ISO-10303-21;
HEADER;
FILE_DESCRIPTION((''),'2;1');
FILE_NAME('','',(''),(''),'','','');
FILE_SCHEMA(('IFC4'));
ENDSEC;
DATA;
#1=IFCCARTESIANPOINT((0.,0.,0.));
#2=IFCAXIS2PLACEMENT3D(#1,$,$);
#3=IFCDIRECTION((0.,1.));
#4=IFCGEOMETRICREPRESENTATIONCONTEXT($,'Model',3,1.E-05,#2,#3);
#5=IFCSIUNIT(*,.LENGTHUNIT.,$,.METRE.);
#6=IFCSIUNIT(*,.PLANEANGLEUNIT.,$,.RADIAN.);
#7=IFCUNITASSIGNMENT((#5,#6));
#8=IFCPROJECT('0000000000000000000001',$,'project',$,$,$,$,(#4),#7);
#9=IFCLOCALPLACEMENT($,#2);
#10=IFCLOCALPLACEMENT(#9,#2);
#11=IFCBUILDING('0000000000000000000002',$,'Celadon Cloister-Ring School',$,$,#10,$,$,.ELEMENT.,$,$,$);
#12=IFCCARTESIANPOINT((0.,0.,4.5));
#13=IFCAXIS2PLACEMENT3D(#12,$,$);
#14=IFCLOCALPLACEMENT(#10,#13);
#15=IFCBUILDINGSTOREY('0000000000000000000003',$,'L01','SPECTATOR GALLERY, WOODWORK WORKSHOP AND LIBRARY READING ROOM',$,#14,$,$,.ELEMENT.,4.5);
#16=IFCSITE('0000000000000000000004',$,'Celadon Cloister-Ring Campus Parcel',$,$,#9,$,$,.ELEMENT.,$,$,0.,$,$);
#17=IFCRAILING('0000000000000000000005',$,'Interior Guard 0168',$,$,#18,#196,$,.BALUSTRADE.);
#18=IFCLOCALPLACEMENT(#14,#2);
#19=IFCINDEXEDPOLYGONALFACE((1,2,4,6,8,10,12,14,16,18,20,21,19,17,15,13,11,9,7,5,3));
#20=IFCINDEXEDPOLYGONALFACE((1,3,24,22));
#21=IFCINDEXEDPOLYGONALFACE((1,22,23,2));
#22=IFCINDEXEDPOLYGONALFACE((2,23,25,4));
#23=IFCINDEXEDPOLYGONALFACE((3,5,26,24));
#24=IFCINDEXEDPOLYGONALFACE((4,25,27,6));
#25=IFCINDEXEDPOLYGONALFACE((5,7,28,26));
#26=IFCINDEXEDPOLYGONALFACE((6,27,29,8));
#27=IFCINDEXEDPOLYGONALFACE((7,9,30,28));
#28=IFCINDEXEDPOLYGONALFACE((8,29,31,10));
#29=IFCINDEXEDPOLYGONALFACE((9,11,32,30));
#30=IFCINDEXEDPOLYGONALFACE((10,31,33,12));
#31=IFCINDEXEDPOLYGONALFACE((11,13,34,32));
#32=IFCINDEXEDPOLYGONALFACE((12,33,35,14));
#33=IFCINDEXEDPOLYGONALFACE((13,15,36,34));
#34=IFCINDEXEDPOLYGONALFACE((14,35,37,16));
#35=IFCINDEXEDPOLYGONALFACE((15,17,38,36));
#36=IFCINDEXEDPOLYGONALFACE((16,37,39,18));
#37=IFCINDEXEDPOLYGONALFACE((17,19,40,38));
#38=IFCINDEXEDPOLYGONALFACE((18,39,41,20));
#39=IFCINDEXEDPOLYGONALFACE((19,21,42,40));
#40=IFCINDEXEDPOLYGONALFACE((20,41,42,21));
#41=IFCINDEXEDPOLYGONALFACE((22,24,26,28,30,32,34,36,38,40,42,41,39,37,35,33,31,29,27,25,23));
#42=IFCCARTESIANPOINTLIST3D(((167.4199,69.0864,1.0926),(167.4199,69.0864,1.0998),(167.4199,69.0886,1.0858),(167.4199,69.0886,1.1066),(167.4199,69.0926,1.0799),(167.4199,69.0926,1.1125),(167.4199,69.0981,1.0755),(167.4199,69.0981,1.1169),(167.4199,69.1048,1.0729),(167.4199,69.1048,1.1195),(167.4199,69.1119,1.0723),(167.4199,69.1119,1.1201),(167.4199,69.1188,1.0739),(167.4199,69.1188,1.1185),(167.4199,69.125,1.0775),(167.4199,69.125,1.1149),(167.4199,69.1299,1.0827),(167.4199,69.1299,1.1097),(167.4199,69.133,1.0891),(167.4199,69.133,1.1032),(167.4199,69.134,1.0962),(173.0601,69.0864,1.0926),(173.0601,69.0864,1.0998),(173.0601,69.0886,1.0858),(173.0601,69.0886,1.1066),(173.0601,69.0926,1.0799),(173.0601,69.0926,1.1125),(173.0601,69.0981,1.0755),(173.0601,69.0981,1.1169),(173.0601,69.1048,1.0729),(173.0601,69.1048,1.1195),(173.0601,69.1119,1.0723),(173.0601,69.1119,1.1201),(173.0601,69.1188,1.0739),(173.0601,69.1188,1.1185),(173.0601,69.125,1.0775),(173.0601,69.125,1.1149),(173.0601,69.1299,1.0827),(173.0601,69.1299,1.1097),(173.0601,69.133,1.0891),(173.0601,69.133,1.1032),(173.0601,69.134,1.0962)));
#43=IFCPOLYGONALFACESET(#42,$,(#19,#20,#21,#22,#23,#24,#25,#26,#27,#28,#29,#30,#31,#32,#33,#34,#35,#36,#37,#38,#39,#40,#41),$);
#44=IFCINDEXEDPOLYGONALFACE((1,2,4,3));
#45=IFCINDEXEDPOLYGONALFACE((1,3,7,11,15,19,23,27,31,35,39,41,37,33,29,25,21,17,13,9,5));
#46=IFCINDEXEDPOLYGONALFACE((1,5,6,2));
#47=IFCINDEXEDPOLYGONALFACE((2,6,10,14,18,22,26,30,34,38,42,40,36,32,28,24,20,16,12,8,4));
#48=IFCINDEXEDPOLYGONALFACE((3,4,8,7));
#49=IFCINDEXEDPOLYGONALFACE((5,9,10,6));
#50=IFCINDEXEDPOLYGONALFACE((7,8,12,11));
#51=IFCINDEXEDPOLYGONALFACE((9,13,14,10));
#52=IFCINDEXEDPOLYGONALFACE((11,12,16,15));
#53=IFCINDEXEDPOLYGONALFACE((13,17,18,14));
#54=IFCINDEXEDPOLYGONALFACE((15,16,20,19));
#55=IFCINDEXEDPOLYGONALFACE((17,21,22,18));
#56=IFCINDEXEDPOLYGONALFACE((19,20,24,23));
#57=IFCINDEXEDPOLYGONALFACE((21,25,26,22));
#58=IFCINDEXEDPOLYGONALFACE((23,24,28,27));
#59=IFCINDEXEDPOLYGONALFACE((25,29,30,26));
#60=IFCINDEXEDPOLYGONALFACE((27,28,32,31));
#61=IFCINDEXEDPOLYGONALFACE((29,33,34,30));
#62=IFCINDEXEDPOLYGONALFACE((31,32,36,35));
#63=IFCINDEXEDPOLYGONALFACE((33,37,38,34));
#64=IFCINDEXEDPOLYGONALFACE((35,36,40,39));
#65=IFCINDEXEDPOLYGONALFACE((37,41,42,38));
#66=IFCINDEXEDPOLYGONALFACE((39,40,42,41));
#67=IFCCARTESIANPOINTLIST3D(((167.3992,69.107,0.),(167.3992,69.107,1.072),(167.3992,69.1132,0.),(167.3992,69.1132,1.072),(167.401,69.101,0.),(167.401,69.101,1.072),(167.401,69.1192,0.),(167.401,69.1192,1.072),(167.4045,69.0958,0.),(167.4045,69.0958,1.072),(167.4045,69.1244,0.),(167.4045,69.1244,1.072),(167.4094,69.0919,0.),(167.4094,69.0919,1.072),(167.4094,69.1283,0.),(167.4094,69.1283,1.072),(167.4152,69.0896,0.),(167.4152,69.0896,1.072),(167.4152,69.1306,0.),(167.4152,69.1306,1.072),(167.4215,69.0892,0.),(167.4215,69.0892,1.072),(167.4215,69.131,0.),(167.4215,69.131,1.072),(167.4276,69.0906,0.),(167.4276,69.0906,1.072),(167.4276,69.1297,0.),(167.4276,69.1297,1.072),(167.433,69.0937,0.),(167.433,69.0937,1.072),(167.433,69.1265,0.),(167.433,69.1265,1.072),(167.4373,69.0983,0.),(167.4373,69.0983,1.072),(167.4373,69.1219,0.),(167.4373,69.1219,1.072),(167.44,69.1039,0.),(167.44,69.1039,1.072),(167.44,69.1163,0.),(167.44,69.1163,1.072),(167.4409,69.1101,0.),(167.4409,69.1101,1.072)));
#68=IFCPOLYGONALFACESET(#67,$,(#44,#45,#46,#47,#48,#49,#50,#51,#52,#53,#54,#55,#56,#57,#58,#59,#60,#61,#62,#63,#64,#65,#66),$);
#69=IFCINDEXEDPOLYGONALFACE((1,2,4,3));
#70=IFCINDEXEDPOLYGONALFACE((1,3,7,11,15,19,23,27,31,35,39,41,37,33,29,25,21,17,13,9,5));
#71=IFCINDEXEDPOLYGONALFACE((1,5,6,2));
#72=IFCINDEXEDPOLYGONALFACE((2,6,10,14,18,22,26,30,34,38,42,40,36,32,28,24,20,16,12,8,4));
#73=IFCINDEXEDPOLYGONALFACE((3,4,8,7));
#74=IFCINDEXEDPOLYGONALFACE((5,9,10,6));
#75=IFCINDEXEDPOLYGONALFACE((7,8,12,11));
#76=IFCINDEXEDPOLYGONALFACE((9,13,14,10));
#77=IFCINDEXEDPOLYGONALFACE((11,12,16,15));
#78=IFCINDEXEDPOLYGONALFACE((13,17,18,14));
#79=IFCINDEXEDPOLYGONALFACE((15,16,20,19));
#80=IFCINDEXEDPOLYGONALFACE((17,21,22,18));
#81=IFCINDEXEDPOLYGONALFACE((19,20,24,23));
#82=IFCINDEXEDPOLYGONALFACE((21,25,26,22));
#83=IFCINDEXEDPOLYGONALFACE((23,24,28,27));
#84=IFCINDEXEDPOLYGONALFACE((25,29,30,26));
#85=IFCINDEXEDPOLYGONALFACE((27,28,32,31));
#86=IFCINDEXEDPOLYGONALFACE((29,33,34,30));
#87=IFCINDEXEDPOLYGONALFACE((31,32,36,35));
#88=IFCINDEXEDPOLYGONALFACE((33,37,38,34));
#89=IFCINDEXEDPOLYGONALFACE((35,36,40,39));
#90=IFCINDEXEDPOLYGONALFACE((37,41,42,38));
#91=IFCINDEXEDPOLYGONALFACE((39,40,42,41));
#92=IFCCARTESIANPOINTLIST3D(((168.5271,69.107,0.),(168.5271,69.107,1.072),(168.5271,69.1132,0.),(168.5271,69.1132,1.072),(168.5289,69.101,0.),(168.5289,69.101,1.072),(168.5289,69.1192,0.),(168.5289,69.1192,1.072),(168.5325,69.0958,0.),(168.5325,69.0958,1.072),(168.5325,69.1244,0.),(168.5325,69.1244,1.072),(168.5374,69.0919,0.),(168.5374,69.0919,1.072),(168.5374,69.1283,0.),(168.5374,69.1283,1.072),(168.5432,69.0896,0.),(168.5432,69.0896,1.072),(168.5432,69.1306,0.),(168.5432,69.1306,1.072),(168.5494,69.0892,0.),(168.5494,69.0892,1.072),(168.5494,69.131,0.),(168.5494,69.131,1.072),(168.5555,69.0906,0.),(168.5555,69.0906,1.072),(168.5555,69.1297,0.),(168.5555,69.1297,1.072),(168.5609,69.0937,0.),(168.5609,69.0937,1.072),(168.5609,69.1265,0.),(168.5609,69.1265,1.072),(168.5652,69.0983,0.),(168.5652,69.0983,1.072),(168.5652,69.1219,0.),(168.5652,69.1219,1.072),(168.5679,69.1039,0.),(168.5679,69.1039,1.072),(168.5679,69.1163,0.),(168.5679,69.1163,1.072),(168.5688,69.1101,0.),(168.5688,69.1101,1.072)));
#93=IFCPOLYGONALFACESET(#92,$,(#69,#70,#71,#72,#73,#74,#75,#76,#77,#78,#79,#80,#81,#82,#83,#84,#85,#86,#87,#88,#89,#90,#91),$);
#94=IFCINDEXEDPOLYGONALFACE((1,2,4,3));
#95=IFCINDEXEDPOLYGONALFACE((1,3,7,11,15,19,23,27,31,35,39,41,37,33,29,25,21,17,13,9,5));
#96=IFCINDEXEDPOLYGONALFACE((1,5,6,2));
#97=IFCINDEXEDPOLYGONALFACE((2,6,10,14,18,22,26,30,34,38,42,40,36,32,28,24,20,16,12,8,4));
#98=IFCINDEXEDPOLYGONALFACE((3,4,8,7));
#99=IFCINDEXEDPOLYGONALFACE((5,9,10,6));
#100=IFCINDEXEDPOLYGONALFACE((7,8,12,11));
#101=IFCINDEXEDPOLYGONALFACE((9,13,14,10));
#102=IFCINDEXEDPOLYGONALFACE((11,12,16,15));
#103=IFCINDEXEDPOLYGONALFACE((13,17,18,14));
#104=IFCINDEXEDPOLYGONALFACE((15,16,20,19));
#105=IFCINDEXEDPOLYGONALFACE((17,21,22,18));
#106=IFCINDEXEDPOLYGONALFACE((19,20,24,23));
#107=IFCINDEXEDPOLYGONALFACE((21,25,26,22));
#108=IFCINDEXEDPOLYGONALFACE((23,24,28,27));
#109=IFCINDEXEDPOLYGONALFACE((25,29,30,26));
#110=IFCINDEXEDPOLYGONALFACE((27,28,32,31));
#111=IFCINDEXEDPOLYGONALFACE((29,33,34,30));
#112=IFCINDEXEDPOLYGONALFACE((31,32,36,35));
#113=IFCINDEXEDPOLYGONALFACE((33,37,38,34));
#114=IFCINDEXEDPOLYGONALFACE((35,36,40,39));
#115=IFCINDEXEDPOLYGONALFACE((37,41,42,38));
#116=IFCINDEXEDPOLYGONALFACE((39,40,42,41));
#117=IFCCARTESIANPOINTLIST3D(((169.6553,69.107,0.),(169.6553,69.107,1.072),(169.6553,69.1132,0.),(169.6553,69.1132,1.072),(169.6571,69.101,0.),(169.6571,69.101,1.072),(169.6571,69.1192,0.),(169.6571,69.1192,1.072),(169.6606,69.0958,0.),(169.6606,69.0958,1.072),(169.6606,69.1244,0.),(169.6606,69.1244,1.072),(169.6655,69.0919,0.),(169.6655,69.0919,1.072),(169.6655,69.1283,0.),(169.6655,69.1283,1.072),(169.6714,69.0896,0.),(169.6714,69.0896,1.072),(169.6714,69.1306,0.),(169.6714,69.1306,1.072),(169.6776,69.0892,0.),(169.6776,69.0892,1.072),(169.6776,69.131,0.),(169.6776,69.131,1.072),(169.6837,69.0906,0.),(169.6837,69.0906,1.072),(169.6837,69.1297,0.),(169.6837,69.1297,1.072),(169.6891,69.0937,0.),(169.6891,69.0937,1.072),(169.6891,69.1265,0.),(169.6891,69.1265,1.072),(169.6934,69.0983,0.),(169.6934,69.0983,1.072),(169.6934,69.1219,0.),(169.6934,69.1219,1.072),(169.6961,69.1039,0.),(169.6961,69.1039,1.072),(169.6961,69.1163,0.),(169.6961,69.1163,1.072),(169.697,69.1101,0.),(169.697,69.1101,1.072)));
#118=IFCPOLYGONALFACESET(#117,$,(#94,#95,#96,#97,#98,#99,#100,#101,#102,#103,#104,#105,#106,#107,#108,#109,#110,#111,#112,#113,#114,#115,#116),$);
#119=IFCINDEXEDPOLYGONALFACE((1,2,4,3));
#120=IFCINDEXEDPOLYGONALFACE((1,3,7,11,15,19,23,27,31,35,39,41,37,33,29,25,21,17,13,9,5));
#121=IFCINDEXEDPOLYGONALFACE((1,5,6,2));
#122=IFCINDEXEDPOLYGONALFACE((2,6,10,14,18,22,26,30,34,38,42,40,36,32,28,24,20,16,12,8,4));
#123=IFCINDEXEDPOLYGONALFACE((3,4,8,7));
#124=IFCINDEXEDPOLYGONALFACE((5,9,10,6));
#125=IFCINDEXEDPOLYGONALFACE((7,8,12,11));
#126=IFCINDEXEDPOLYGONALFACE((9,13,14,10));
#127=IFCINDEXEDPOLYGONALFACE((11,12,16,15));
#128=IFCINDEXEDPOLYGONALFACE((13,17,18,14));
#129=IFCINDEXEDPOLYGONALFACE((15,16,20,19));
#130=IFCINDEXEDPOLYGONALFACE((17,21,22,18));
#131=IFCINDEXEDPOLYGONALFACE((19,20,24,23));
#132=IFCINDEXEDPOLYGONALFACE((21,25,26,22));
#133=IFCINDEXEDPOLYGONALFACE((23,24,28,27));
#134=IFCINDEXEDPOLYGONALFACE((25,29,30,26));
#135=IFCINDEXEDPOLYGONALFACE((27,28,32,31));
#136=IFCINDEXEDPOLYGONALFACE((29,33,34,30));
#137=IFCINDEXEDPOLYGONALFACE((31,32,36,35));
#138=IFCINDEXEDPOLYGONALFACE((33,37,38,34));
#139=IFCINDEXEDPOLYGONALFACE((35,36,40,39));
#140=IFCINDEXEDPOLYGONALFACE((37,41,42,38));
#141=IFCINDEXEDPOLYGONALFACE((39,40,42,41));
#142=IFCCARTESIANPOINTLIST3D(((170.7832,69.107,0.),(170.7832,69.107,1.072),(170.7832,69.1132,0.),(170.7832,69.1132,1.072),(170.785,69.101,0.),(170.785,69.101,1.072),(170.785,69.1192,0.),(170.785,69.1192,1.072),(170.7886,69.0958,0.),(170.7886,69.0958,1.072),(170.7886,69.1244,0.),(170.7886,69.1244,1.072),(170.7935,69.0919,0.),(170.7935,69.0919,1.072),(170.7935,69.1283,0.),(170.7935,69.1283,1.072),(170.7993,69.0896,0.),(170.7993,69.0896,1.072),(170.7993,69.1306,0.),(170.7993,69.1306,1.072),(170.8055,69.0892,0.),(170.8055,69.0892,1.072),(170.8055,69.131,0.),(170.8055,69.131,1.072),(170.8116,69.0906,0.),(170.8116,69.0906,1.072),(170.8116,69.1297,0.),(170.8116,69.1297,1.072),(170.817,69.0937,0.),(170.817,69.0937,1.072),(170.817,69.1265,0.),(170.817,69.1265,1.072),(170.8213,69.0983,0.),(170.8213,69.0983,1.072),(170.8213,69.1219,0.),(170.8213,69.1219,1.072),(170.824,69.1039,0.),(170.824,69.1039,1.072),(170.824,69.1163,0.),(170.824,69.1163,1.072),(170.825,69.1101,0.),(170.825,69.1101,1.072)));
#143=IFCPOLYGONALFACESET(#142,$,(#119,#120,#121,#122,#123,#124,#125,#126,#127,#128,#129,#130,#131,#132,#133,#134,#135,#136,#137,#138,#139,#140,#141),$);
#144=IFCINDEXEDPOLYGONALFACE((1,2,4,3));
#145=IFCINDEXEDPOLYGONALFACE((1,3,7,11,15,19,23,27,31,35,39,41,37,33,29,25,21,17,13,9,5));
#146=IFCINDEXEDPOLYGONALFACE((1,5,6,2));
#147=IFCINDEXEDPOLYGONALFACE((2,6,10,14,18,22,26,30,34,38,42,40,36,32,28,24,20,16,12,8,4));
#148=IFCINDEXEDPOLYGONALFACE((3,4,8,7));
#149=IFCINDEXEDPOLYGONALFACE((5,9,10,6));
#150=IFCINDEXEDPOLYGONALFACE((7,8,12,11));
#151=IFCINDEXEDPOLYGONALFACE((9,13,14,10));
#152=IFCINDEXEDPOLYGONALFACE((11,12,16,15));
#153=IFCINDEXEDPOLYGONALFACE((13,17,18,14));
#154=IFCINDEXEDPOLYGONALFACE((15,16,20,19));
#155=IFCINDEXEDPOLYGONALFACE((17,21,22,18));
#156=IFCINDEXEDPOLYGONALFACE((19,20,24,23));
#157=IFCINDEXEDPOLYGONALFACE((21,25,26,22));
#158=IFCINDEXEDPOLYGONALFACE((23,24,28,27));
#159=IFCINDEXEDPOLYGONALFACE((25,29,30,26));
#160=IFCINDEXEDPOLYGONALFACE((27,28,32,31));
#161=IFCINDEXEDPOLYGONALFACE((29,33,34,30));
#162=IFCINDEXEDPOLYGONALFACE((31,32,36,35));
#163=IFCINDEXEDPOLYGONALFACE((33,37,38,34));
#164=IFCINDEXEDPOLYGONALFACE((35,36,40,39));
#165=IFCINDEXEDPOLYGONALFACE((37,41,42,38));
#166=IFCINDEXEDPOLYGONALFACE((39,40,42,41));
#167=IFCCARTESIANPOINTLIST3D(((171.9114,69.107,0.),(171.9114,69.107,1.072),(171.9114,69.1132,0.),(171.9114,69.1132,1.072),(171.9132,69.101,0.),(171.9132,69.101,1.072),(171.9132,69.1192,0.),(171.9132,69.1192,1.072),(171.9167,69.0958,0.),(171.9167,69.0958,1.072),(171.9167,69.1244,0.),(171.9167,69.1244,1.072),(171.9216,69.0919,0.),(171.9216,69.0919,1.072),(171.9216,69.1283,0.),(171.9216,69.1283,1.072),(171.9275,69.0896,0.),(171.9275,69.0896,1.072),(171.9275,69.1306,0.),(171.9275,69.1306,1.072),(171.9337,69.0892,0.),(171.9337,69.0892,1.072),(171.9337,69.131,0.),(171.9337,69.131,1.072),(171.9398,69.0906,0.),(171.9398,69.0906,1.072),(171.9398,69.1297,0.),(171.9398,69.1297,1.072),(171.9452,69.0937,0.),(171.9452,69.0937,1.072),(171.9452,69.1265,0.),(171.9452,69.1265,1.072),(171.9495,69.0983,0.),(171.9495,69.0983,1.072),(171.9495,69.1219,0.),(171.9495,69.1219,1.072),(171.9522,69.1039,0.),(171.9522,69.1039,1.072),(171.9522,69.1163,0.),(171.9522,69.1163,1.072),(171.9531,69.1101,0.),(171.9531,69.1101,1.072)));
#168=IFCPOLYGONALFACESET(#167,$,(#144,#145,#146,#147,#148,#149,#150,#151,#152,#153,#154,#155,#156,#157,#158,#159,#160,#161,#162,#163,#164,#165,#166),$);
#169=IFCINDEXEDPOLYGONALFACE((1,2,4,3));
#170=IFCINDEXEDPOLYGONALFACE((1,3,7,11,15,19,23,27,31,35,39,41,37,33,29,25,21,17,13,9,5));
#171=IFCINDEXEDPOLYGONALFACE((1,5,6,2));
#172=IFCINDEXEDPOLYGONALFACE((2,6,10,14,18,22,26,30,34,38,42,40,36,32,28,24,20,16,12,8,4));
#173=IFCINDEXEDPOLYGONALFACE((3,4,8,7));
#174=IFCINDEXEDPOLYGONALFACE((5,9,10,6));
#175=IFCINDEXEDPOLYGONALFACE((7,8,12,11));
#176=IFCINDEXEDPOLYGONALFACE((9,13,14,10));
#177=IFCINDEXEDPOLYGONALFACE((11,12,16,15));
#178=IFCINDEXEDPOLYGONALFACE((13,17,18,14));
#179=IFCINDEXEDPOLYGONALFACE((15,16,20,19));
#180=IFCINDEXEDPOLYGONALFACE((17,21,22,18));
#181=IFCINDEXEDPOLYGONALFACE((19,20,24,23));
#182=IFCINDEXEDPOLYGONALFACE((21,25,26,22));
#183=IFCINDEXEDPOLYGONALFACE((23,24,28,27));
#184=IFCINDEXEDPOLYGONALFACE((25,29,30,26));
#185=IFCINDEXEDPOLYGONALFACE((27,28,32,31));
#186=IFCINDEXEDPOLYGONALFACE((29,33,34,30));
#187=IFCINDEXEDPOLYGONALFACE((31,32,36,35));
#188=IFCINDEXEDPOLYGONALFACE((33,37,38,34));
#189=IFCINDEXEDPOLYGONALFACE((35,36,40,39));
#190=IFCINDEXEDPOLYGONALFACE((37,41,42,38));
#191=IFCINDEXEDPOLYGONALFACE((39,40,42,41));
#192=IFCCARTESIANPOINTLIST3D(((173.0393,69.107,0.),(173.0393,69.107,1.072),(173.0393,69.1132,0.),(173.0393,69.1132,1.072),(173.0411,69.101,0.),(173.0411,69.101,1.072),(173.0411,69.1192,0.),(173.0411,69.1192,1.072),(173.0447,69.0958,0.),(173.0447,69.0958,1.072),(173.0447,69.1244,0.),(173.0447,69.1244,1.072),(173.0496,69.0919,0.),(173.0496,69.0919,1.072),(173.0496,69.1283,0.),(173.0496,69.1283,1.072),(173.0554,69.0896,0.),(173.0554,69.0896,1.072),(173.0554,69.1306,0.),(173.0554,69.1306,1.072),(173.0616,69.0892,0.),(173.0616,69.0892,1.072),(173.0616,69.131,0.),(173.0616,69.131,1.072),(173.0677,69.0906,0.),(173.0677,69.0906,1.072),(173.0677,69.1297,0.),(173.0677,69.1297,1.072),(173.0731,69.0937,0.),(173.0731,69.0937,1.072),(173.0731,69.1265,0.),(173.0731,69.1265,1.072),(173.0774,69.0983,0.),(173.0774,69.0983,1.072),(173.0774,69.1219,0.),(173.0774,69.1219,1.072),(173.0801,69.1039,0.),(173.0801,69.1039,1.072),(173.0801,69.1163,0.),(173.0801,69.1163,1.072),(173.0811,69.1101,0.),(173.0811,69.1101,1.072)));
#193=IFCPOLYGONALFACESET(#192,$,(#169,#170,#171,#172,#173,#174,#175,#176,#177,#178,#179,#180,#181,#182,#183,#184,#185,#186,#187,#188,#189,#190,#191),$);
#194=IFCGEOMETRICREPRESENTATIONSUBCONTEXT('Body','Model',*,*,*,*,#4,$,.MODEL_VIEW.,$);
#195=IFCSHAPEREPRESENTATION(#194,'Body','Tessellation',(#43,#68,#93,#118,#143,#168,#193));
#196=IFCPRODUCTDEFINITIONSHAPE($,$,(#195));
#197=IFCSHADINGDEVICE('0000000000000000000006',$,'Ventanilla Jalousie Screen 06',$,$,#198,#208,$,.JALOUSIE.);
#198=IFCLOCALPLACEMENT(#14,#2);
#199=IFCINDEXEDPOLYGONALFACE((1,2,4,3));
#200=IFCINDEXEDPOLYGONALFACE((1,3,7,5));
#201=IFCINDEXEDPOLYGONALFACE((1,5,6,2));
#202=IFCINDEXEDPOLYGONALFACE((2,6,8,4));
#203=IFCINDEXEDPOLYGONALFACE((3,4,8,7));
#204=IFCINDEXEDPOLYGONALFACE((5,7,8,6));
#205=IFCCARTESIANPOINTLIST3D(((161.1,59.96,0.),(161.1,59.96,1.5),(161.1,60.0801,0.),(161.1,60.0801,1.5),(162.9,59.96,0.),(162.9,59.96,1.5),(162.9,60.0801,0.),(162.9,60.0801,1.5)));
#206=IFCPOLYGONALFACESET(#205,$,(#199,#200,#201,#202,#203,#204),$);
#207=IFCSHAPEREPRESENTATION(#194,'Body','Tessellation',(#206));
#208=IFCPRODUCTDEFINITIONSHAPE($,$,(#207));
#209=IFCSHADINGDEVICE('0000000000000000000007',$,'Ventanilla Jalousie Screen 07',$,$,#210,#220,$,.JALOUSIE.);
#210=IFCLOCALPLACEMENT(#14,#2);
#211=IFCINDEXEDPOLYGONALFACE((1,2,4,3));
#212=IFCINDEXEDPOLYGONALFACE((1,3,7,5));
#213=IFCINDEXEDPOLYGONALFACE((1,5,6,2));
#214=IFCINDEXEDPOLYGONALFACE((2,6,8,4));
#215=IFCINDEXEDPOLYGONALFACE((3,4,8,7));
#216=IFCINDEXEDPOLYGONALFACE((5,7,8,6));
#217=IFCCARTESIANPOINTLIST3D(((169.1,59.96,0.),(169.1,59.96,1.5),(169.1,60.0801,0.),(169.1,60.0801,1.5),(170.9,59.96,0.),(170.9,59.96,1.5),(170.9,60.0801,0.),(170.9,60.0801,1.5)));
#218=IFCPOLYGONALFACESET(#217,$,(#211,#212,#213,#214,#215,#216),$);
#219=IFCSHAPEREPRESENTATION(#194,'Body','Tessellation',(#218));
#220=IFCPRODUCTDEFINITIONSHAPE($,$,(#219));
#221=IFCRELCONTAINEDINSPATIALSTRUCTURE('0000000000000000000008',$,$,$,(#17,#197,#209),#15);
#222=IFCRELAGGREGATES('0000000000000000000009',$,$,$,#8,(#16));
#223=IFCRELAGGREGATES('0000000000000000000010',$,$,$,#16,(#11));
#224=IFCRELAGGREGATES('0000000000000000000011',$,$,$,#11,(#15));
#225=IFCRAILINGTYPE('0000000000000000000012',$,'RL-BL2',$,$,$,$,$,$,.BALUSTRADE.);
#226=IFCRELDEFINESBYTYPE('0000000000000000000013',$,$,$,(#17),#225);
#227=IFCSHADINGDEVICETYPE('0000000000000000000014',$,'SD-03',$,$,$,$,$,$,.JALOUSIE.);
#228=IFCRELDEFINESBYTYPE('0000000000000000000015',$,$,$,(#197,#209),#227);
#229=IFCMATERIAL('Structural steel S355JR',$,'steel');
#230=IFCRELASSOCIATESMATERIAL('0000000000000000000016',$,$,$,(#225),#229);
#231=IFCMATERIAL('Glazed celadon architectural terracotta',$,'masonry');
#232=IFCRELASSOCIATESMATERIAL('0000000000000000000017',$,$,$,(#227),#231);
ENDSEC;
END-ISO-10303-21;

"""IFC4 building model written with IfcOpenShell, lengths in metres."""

from ifc_helpers import new_model, si_unit, direction, frame, origin, origin_2d, place, context, subcontext, project, spatial, rectangle, circle, extrude, material, type_object, element, save


model = new_model("IFC4")

# Units and contexts
model_context = context("Model", 3, precision=1e-05, world=origin(), true_north=direction((0.0, 1.0)))
body_context = subcontext(model_context, "Body", "Model", "MODEL_VIEW")
ifc_project = project(units=[si_unit("LENGTHUNIT", "METRE"), si_unit("PLANEANGLEUNIT", "RADIAN")], contexts=[model_context])

# Site, building, storey
site_placement = place(None, origin())
site = spatial("IfcSite", under=ifc_project, at=site_placement, Name="Celadon Cloister-Ring Campus Parcel", CompositionType="ELEMENT", RefElevation=0.0)
building_placement = place(site_placement, origin())
building = spatial("IfcBuilding", under=site, at=building_placement, Name="Celadon Cloister-Ring School", CompositionType="ELEMENT")
storey_placement = place(building_placement, frame((0.0, 0.0, 4.5)))
storey = spatial("IfcBuildingStorey", under=building, at=storey_placement, Name="L01", Description="SPECTATOR GALLERY, WOODWORK WORKSHOP AND LIBRARY READING ROOM", CompositionType="ELEMENT", Elevation=4.5)

# Railing
ifc_material_1 = material(Name="Structural steel S355JR", Category="steel")
railing_type_1 = type_object("IfcRailingType", Name="RL-BL2", PredefinedType="BALUSTRADE", material=ifc_material_1)
railing_1_placement = place(storey_placement, frame((167.4199, 69.1101, 0.0)))
element("IfcRailing", 1, at=railing_1_placement, inside=storey, type_object=railing_type_1, Name="Interior Guard 0168", PredefinedType="BALUSTRADE", context=body_context, shape_type="SweptSolid", body=[
    extrude(circle(Radius=0.0239, at=origin_2d()), frame((0.0, 0.0, 1.0962), z_axis=(1.0, 0.0, 0.0), x_axis=(0.0, 1.0, 0.0)), (0.0, 0.0, 1.0), 5.6401),
    extrude(circle(Radius=0.021, at=origin_2d()), origin(), (0.0, 0.0, 1.0), 1.072),
    extrude(circle(Radius=0.021, at=origin_2d()), frame((1.1279, 0.0, 0.0)), (0.0, 0.0, 1.0), 1.072),
    extrude(circle(Radius=0.021, at=origin_2d()), frame((2.2561, 0.0, 0.0)), (0.0, 0.0, 1.0), 1.072),
    extrude(circle(Radius=0.021, at=origin_2d()), frame((3.384, 0.0, 0.0)), (0.0, 0.0, 1.0), 1.072),
    extrude(circle(Radius=0.021, at=origin_2d()), frame((4.5122, 0.0, 0.0)), (0.0, 0.0, 1.0), 1.072),
    extrude(circle(Radius=0.021, at=origin_2d()), frame((5.6401, 0.0, 0.0)), (0.0, 0.0, 1.0), 1.072),
])

# Shading devices
ifc_material_2 = material(Name="Glazed celadon architectural terracotta", Category="masonry")
shading_device_type = type_object("IfcShadingDeviceType", Name="SD-03", PredefinedType="JALOUSIE", material=ifc_material_2)
for number, where, z_axis, x_axis, name in (
    (2, (162.0, 60.02, 0.0), (0.0, 0.0, 1.0), (1.0, 0.0, 0.0), "Ventanilla Jalousie Screen 06"),
    (3, (170.0, 60.02, 0.0), (0.0, 0.0, 1.0), (1.0, 0.0, 0.0), "Ventanilla Jalousie Screen 07"),
):
    element("IfcShadingDevice", number, at=place(storey_placement, frame(where, z_axis=z_axis, x_axis=x_axis)), inside=storey, type_object=shading_device_type, Name=name, PredefinedType="JALOUSIE", context=body_context, shape_type="SweptSolid", body=[
        extrude(rectangle(XDim=1.8, YDim=0.1201, at=origin_2d()), origin(), (0.0, 0.0, 1.0), 1.5),
    ])

save(model, "model.ifc")
